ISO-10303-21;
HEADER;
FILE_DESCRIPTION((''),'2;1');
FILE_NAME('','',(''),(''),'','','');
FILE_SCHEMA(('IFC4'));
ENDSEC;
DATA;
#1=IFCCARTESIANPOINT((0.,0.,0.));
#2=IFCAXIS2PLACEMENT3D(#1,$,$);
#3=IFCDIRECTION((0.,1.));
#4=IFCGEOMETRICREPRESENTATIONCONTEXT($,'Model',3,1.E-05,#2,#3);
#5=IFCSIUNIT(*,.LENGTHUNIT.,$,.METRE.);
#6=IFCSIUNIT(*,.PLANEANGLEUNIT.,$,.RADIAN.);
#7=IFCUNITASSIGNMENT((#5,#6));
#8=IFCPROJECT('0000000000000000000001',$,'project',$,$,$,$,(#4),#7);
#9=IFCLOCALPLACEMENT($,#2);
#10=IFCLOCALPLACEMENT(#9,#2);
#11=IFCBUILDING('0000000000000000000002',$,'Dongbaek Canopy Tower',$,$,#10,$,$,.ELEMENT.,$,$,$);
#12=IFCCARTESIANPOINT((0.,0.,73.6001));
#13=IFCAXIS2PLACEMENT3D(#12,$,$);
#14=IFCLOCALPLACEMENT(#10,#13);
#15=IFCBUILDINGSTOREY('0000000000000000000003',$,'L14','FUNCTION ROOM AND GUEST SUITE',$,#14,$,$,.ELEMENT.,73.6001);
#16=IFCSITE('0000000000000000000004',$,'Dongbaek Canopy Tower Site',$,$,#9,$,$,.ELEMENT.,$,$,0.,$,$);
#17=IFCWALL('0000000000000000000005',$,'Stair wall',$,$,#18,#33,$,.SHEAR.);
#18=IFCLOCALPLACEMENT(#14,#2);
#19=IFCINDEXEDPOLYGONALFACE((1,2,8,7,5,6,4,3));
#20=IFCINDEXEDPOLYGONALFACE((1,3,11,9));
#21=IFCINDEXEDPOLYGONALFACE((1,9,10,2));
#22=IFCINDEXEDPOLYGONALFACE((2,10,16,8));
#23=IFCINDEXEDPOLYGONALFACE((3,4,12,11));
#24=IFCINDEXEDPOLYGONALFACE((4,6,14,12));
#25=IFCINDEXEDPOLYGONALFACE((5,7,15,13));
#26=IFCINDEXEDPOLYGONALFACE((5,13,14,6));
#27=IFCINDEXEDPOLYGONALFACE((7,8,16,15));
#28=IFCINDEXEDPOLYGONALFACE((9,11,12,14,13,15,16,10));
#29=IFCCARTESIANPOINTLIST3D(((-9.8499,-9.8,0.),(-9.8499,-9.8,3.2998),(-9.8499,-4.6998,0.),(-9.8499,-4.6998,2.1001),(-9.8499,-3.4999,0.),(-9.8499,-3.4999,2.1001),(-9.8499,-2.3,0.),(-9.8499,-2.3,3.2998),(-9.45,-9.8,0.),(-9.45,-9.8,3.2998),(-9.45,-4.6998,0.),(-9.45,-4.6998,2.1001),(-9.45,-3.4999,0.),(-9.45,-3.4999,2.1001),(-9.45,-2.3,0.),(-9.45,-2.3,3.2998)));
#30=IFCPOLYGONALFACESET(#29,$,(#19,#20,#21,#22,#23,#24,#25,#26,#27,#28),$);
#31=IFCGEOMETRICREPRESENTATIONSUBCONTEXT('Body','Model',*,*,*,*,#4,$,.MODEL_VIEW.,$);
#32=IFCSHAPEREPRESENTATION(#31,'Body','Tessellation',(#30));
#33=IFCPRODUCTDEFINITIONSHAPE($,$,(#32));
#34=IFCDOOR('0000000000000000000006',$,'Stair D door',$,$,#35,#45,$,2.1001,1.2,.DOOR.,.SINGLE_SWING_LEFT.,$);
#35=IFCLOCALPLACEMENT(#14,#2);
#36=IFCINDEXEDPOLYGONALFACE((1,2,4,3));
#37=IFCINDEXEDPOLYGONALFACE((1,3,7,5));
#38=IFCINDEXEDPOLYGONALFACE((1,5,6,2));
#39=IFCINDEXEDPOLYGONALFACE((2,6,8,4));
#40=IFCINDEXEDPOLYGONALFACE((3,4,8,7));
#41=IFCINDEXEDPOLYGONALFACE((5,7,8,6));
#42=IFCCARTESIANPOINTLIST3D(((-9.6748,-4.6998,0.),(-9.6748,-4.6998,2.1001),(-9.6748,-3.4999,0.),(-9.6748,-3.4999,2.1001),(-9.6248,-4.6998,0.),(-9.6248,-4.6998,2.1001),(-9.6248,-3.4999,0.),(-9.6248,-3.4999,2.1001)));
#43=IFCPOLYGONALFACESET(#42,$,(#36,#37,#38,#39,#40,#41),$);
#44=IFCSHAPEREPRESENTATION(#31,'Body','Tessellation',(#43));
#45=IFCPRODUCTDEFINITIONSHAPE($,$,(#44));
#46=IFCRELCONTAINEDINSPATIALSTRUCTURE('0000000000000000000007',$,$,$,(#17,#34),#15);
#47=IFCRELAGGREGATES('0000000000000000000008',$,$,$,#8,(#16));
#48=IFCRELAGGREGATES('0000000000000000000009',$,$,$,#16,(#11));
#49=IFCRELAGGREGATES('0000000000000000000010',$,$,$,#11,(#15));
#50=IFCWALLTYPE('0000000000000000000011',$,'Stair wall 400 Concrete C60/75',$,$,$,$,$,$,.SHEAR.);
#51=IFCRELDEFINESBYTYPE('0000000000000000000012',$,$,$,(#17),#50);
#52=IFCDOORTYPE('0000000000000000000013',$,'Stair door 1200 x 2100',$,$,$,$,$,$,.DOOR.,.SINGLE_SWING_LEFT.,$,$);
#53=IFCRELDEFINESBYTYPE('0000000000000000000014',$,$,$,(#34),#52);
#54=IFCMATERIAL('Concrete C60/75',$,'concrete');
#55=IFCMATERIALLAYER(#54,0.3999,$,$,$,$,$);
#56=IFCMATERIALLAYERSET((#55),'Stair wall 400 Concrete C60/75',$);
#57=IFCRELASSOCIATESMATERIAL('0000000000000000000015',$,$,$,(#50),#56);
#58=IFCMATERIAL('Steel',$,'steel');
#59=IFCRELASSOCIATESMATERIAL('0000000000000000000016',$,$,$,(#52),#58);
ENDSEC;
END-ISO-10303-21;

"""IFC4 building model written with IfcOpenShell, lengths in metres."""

from ifc_helpers import new_model, si_unit, direction, frame, frame_2d, origin, place, context, subcontext, project, spatial, rectangle, extrude, material, layer, layer_set, type_object, element, fill, save


model = new_model("IFC4")

# Units and contexts
model_context = context("Model", 3, precision=1e-05, world=origin(), true_north=direction((0.0, 1.0)))
body_context = subcontext(model_context, "Body", "Model", "MODEL_VIEW")
ifc_project = project(units=[si_unit("LENGTHUNIT", "METRE"), si_unit("PLANEANGLEUNIT", "RADIAN")], contexts=[model_context])

# Site, building, storey
site_placement = place(None, origin())
site = spatial("IfcSite", under=ifc_project, at=site_placement, Name="Dongbaek Canopy Tower Site", CompositionType="ELEMENT", RefElevation=0.0)
building_placement = place(site_placement, origin())
building = spatial("IfcBuilding", under=site, at=building_placement, Name="Dongbaek Canopy Tower", CompositionType="ELEMENT")
storey_placement = place(building_placement, frame((0.0, 0.0, 73.6001)))
storey = spatial("IfcBuildingStorey", under=building, at=storey_placement, Name="L14", Description="FUNCTION ROOM AND GUEST SUITE", CompositionType="ELEMENT", Elevation=73.6001)

# Wall, opening, door
ifc_material_1 = material(Name="Concrete C60/75", Category="concrete")
ifc_layer_1 = layer(ifc_material_1, 0.3999)
ifc_layer_set_1 = layer_set([ifc_layer_1], Name="Stair wall 400 Concrete C60/75")
wall_type_1 = type_object("IfcWallType", Name="Stair wall 400 Concrete C60/75", PredefinedType="SHEAR", material=ifc_layer_set_1)
wall_1_placement = place(storey_placement, frame((-9.6499, -9.8, 0.0), z_axis=(0.0, 0.0, 1.0), x_axis=(0.0, 1.0, 0.0)))
wall_1 = element("IfcWall", 1, at=wall_1_placement, inside=storey, type_object=wall_type_1, Name="Stair wall", PredefinedType="SHEAR", context=body_context, shape_type="SweptSolid", body=[
    extrude(rectangle(XDim=7.5, YDim=0.3999, at=frame_2d((3.75, 0.0))), origin(), (0.0, 0.0, 1.0), 3.2998),
])
opening_1_placement = place(wall_1_placement, frame((5.1001, 0.0, 0.0)))
opening_1 = element("IfcOpeningElement", 2, at=opening_1_placement, cuts=wall_1, PredefinedType="OPENING", context=body_context, shape_type="SweptSolid", body=[
    extrude(rectangle(XDim=1.2, YDim=2.1001, at=frame_2d((0.6001, 1.05))), frame((0.0, 0.21, 0.0), z_axis=(0.0, -1.0, 0.0), x_axis=(1.0, 0.0, 0.0)), (0.0, 0.0, 1.0), 0.4199),
])
ifc_material_2 = material(Name="Steel", Category="steel")
door_type_1 = type_object("IfcDoorType", Name="Stair door 1200 x 2100", OperationType="SINGLE_SWING_LEFT", PredefinedType="DOOR", material=ifc_material_2)
door_1_placement = place(opening_1_placement, origin())
door_1 = element("IfcDoor", 3, at=door_1_placement, inside=storey, type_object=door_type_1, Name="Stair D door", OperationType="SINGLE_SWING_LEFT", OverallHeight=2.1001, OverallWidth=1.2, PredefinedType="DOOR", context=body_context, shape_type="SweptSolid", body=[
    extrude(rectangle(XDim=1.2, YDim=2.1001, at=frame_2d((0.6001, 1.05))), frame((0.0, 0.0249, 0.0), z_axis=(0.0, -1.0, 0.0), x_axis=(1.0, 0.0, 0.0)), (0.0, 0.0, 1.0), 0.05),
])
fill(opening_1, door_1)

save(model, "model.ifc")
